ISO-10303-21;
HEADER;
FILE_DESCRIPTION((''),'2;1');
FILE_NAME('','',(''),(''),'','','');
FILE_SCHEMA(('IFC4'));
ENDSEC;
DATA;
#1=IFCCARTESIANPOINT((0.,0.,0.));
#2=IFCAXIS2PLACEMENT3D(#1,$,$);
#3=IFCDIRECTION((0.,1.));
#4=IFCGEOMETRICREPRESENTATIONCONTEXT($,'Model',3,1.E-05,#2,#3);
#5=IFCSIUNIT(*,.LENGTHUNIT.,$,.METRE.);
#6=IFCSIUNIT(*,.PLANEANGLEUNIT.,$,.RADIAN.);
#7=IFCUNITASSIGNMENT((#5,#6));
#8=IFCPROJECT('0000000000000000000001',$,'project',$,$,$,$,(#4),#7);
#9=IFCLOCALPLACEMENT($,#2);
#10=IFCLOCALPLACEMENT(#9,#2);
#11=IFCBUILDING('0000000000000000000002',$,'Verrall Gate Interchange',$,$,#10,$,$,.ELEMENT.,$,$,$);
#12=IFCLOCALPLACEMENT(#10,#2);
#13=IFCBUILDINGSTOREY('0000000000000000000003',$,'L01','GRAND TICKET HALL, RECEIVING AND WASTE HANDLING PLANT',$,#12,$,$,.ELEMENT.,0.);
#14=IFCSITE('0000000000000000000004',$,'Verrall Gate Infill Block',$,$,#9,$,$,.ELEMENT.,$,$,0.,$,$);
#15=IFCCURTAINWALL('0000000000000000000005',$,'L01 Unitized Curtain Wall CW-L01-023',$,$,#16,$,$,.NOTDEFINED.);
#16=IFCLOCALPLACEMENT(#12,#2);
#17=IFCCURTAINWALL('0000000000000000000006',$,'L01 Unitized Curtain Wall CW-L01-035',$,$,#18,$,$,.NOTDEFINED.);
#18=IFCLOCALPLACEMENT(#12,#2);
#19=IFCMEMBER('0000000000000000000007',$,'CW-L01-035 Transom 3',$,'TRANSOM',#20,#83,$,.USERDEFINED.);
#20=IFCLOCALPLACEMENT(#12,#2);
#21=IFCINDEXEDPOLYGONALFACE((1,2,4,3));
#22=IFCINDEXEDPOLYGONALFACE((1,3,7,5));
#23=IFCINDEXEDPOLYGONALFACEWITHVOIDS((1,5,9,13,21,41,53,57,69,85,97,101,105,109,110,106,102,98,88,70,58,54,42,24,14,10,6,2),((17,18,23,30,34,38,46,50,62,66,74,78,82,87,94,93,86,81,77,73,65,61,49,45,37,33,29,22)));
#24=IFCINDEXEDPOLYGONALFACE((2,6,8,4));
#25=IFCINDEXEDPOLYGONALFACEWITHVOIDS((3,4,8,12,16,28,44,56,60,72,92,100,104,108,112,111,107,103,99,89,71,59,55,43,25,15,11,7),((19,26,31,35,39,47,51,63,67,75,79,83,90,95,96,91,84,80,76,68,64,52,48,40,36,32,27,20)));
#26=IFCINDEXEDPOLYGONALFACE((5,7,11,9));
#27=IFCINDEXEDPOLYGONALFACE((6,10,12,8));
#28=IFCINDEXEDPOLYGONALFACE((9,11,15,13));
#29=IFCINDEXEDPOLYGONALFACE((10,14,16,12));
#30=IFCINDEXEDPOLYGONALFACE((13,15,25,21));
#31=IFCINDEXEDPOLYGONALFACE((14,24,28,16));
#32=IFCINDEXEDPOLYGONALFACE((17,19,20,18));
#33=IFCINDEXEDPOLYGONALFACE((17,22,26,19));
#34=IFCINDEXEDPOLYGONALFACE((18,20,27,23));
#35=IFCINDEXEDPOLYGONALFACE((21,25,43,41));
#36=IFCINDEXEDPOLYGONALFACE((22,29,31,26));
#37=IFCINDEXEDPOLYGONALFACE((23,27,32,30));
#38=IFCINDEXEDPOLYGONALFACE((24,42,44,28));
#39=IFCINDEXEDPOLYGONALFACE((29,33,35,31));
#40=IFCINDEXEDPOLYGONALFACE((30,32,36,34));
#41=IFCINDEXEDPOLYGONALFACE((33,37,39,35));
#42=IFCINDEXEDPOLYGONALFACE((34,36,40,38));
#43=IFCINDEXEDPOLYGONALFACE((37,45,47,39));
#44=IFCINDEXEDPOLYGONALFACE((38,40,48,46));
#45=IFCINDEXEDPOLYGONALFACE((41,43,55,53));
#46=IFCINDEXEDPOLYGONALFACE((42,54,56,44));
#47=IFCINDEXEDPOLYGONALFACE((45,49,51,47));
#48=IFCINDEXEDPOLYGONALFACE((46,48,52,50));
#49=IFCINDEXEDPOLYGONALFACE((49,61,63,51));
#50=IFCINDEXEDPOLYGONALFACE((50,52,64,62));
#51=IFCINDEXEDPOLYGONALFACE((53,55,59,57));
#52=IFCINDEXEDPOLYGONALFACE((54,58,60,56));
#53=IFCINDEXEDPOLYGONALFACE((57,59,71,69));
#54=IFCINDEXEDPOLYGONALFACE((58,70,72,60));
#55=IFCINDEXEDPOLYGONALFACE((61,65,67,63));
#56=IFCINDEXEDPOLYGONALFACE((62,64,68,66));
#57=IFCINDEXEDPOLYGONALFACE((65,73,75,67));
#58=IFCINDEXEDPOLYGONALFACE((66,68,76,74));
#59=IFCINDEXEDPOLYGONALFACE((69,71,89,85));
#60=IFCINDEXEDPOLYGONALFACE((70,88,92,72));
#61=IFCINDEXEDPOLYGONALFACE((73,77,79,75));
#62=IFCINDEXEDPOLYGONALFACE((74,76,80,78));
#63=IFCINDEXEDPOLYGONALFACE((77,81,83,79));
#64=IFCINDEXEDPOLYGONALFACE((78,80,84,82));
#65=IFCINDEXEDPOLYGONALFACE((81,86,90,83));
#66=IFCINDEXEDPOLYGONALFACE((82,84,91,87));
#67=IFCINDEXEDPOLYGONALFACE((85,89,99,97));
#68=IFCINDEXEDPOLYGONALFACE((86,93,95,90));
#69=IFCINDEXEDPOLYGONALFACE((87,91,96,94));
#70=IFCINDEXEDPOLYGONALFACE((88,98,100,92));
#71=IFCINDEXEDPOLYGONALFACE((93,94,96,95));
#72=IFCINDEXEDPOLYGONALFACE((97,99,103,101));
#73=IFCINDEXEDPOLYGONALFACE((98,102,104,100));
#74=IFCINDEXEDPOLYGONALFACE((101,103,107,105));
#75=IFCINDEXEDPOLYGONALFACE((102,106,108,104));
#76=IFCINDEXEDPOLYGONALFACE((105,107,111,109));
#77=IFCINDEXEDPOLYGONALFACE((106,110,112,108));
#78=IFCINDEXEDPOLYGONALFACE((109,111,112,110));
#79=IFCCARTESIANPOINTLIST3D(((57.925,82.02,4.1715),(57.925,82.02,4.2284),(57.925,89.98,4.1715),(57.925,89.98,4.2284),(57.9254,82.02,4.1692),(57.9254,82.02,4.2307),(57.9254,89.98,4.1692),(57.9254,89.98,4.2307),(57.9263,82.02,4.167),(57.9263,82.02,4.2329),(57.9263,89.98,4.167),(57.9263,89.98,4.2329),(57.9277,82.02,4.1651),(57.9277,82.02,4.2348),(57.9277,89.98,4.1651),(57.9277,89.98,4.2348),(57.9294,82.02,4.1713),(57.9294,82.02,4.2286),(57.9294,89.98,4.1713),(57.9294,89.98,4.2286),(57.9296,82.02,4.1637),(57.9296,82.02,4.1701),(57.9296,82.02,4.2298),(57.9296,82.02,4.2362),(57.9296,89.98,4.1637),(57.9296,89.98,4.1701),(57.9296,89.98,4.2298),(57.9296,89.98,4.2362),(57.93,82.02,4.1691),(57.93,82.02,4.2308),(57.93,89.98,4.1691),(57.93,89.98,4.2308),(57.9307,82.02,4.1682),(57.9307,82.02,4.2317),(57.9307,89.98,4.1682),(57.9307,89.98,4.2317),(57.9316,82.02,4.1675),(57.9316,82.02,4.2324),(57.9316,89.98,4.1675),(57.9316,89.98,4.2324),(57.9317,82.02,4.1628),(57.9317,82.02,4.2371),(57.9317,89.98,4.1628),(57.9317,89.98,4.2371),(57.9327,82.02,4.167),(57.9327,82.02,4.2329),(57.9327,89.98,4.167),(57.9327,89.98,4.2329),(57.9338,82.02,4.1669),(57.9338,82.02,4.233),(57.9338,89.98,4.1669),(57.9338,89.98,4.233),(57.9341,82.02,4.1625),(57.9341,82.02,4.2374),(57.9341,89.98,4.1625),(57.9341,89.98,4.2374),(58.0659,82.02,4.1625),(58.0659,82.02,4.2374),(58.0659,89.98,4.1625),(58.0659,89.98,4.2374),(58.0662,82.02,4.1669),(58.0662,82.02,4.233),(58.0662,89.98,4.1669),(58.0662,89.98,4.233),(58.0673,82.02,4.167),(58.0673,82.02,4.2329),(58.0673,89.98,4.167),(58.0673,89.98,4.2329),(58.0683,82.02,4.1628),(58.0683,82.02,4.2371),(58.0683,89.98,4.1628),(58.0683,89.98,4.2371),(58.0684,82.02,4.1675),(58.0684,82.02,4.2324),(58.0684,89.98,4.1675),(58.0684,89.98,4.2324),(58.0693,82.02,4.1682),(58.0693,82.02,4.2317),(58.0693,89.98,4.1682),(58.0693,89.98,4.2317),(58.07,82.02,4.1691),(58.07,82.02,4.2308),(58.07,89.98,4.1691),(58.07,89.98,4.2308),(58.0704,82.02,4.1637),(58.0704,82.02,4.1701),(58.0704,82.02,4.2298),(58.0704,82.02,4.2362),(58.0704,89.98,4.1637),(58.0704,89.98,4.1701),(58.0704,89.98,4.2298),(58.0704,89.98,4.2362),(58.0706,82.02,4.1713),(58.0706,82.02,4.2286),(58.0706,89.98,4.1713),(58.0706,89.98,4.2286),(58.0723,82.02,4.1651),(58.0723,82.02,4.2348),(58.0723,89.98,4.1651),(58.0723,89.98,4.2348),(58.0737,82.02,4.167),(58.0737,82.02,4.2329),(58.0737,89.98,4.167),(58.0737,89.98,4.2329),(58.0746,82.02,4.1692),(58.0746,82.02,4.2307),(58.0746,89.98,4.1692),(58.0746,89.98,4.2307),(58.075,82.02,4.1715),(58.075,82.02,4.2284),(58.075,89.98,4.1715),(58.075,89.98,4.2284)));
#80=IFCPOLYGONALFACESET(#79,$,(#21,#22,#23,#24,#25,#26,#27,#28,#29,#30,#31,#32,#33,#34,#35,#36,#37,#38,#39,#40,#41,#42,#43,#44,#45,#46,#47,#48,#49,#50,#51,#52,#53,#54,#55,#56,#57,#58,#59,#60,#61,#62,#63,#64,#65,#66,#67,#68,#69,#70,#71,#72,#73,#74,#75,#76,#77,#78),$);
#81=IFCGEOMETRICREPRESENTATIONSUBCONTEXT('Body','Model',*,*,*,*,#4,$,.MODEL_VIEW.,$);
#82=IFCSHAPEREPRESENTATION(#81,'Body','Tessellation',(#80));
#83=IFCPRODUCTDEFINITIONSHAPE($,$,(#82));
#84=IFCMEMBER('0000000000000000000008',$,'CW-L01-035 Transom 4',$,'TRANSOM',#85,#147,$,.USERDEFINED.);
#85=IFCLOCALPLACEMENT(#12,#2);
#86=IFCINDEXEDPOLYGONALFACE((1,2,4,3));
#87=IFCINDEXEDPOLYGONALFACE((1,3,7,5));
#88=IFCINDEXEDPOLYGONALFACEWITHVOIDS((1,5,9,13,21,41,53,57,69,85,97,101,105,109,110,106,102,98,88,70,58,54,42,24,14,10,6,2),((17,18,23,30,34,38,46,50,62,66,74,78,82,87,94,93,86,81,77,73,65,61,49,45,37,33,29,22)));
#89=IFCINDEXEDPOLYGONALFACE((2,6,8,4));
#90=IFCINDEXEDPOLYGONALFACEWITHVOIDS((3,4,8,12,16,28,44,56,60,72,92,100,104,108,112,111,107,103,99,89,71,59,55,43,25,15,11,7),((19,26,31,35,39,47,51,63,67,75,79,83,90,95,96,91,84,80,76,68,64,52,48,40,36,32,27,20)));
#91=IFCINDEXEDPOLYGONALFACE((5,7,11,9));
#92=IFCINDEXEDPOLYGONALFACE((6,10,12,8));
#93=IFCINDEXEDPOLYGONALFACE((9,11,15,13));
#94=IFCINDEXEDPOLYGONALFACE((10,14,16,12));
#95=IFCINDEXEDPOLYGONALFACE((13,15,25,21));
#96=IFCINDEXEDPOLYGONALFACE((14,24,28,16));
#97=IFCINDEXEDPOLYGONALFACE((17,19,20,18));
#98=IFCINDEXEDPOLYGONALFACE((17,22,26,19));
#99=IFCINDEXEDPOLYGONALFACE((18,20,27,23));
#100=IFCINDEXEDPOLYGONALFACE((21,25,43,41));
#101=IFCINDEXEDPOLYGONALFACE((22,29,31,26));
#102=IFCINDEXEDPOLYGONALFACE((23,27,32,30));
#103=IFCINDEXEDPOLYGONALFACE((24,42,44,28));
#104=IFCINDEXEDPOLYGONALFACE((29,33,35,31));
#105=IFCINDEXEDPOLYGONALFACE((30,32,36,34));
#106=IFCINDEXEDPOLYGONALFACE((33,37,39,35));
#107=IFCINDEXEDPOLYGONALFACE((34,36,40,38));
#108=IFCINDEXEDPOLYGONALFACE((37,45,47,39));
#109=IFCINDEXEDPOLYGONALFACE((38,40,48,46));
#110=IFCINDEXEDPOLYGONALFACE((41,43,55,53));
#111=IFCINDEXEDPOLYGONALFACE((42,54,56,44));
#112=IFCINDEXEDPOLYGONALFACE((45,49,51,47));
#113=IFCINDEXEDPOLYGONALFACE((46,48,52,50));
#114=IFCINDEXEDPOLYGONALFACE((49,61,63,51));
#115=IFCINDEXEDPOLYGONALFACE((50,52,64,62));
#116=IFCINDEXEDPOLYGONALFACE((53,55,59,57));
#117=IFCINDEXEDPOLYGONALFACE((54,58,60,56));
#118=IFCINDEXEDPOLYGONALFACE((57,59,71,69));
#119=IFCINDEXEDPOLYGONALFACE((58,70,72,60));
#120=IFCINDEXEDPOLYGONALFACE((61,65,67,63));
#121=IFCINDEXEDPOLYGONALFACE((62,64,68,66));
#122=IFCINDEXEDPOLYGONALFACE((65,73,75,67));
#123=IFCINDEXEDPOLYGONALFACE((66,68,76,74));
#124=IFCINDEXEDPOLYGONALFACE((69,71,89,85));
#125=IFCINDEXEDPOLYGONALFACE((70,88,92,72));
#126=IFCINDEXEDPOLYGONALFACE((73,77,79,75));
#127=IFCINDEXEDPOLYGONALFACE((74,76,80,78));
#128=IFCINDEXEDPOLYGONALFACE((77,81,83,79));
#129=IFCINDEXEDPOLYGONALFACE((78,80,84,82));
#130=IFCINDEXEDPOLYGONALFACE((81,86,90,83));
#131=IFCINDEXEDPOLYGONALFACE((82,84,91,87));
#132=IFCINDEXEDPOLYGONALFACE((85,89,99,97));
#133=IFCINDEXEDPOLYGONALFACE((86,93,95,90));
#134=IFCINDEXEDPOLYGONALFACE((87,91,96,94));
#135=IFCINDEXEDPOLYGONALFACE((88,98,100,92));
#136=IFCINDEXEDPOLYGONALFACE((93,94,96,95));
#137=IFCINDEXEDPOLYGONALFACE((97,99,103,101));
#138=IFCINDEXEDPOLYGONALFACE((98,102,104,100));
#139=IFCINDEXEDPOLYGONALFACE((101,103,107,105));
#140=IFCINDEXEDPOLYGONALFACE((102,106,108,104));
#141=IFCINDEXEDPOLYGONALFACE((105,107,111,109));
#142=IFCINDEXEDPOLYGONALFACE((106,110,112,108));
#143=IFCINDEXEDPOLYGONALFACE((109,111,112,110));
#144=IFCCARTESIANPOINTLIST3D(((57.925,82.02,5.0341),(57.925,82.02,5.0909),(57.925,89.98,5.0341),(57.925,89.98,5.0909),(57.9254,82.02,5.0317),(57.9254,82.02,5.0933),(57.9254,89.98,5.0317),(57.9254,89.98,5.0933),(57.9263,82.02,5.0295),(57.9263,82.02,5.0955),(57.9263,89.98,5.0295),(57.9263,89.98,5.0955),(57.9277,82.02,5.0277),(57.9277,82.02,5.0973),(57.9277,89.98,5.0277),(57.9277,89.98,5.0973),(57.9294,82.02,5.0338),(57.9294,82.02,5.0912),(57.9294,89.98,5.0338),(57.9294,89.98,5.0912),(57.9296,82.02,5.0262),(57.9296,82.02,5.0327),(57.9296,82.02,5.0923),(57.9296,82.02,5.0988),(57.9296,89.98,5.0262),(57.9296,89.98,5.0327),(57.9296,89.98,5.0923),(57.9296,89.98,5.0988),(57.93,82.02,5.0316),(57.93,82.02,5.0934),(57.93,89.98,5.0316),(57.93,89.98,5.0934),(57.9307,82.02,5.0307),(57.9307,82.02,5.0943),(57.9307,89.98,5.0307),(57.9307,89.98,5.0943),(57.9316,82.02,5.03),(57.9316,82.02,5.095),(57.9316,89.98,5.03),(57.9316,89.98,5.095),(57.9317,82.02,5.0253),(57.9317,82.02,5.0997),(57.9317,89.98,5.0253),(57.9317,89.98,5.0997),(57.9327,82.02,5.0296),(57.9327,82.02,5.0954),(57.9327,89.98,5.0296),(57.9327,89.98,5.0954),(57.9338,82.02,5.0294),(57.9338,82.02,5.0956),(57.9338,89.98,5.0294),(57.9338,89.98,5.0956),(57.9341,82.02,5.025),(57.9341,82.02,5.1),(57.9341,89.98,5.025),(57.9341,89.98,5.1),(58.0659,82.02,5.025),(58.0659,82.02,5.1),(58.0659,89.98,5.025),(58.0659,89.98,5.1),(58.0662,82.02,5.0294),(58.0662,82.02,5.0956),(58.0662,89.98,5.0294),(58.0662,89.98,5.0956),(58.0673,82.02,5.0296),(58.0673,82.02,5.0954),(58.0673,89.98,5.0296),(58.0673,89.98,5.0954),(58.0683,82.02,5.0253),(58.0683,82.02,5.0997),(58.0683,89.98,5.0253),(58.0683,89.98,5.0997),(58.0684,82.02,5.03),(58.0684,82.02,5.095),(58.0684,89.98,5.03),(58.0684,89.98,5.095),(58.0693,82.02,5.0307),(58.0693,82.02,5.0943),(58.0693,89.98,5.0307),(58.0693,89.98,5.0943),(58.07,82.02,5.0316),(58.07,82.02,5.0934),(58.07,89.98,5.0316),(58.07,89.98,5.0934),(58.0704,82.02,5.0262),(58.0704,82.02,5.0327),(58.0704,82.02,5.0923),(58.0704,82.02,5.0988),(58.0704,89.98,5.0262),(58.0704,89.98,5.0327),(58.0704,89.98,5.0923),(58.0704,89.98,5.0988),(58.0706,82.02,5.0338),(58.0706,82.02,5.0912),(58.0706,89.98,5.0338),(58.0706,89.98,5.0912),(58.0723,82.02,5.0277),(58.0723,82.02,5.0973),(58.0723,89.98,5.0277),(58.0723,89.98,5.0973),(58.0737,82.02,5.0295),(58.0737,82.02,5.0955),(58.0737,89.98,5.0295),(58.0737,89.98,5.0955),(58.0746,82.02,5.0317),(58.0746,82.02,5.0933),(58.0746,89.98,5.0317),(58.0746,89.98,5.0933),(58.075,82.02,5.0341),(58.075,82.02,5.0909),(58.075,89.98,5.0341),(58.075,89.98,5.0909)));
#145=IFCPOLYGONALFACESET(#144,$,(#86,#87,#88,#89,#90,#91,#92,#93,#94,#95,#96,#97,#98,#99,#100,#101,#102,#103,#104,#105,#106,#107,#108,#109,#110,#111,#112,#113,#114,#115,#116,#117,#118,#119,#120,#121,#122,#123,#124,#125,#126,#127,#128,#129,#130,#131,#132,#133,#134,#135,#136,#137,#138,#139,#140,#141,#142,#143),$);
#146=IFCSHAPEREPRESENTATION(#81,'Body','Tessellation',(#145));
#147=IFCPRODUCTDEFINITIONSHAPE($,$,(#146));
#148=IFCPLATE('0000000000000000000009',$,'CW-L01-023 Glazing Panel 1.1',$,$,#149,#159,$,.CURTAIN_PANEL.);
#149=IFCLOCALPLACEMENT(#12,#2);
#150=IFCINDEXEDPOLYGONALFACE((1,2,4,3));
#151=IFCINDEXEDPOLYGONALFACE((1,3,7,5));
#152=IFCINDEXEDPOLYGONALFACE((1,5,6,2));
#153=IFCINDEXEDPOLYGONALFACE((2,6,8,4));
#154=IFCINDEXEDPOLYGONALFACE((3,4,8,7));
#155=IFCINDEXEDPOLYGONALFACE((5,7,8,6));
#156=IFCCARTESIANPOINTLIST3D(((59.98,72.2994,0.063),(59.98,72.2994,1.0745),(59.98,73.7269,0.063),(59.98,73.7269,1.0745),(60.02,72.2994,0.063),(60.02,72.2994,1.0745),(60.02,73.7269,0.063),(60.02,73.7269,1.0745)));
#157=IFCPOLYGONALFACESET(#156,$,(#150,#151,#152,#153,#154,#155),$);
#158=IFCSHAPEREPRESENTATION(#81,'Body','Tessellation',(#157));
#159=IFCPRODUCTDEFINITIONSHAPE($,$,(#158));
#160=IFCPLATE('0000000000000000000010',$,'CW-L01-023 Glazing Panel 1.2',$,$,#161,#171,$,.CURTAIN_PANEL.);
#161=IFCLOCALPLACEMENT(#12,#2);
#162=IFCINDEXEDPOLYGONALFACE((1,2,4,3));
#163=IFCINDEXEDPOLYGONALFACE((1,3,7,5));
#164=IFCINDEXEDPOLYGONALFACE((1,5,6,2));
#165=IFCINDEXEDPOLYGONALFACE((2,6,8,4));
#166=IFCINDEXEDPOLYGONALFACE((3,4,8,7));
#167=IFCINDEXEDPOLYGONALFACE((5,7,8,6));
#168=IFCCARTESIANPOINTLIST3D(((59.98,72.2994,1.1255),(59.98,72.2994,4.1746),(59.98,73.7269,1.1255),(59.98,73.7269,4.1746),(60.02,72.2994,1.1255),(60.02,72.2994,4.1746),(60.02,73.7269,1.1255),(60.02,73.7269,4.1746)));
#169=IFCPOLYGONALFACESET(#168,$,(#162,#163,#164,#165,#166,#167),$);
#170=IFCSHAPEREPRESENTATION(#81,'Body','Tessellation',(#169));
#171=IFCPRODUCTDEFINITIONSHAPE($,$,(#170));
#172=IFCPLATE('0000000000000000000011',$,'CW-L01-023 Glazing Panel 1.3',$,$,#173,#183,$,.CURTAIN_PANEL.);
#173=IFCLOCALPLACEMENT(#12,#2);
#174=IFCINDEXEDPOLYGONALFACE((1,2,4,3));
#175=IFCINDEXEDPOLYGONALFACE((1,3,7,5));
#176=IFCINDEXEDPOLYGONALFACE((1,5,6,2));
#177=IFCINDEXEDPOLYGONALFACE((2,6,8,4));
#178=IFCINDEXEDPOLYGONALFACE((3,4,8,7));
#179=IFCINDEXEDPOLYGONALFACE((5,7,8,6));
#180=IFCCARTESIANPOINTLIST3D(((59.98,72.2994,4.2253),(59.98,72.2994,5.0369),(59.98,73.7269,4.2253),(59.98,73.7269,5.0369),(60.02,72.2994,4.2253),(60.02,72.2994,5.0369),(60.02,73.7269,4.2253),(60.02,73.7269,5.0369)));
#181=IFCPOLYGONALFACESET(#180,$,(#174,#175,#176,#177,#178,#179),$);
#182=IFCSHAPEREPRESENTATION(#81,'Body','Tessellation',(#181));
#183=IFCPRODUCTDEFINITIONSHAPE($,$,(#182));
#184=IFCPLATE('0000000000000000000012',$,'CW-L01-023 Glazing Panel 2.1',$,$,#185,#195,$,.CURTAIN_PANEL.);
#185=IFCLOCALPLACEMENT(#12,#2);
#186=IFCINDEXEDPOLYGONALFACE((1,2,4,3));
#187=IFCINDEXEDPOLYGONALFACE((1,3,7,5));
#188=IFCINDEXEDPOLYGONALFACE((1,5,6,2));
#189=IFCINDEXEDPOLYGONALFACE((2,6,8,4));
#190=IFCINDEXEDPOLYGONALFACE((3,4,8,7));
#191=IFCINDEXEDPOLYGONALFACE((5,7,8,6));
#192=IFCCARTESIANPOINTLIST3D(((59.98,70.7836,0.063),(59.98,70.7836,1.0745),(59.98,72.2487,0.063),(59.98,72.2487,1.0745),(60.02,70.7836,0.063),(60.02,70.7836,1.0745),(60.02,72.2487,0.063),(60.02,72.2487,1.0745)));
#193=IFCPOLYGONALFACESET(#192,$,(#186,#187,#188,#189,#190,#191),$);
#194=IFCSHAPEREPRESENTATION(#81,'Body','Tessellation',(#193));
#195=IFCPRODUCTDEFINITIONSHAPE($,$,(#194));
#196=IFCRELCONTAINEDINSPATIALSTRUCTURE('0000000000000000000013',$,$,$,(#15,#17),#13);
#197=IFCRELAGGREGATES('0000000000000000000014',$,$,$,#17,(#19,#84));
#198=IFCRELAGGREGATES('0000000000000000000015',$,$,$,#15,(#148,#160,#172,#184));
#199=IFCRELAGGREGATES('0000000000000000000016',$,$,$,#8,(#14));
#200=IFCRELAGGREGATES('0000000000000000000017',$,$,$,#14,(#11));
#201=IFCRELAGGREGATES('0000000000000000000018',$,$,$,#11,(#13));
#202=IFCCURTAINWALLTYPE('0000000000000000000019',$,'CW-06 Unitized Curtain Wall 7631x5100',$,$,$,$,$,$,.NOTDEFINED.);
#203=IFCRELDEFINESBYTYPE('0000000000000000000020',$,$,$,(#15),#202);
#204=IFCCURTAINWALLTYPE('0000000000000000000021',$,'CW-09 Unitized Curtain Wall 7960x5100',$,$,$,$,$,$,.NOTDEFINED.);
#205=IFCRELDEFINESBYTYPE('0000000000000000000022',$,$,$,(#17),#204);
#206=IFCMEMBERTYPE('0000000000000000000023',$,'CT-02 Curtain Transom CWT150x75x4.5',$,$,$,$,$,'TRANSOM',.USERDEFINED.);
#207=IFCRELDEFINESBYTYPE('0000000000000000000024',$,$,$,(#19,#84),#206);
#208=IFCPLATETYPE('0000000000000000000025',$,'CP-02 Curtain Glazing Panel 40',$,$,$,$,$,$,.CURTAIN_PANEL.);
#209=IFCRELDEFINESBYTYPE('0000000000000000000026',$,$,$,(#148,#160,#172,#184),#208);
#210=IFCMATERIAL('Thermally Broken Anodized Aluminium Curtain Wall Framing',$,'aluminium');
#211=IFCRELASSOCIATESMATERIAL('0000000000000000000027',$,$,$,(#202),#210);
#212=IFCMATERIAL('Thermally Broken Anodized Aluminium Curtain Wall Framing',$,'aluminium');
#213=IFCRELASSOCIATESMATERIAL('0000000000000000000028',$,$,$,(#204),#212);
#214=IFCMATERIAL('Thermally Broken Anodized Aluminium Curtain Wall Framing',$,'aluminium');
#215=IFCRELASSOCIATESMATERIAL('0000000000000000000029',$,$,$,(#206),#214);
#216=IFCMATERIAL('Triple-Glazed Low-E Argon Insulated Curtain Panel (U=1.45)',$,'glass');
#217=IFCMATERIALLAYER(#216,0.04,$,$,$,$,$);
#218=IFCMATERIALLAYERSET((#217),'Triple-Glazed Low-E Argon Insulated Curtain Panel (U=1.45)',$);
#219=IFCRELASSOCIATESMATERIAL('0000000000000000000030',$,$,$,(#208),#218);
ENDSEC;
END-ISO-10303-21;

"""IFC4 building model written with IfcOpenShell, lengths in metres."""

from ifc_helpers import new_model, si_unit, direction, frame, origin, origin_2d, place, context, subcontext, project, spatial, rectangle, hollow_rectangle, extrude, material, layer, layer_set, material_profile, profile_set, type_object, element, aggregate, save


model = new_model("IFC4")

# Units and contexts
model_context = context("Model", 3, precision=1e-05, world=origin(), true_north=direction((0.0, 1.0)))
body_context = subcontext(model_context, "Body", "Model", "MODEL_VIEW")
ifc_project = project(units=[si_unit("LENGTHUNIT", "METRE"), si_unit("PLANEANGLEUNIT", "RADIAN")], contexts=[model_context])

# Site, building, storey
site_placement = place(None, origin())
site = spatial("IfcSite", under=ifc_project, at=site_placement, Name="Verrall Gate Infill Block", CompositionType="ELEMENT", RefElevation=0.0)
building_placement = place(site_placement, origin())
building = spatial("IfcBuilding", under=site, at=building_placement, Name="Verrall Gate Interchange", CompositionType="ELEMENT")
storey_placement = place(building_placement, origin())
storey = spatial("IfcBuildingStorey", under=building, at=storey_placement, Name="L01", Description="GRAND TICKET HALL, RECEIVING AND WASTE HANDLING PLANT", CompositionType="ELEMENT", Elevation=0.0)

# Curtain wall
ifc_material_1 = material(Name="Thermally Broken Anodized Aluminium Curtain Wall Framing", Category="aluminium")
curtain_wall_type_1 = type_object("IfcCurtainWallType", Name="CW-06 Unitized Curtain Wall 7631x5100", PredefinedType="NOTDEFINED", material=ifc_material_1)
curtain_wall_1_placement = place(storey_placement, origin())
curtain_wall_1 = element("IfcCurtainWall", 1, at=curtain_wall_1_placement, inside=storey, type_object=curtain_wall_type_1, Name="L01 Unitized Curtain Wall CW-L01-023", PredefinedType="NOTDEFINED")

# Curtain wall
ifc_material_2 = material(Name="Thermally Broken Anodized Aluminium Curtain Wall Framing", Category="aluminium")
curtain_wall_type_2 = type_object("IfcCurtainWallType", Name="CW-09 Unitized Curtain Wall 7960x5100", PredefinedType="NOTDEFINED", material=ifc_material_2)
curtain_wall_2_placement = place(storey_placement, origin())
curtain_wall_2 = element("IfcCurtainWall", 2, at=curtain_wall_2_placement, inside=storey, type_object=curtain_wall_type_2, Name="L01 Unitized Curtain Wall CW-L01-035", PredefinedType="NOTDEFINED")

# Members
ifc_material_3 = material(Name="Thermally Broken Anodized Aluminium Curtain Wall Framing", Category="aluminium")
ifc_material_profile_1 = material_profile(ifc_material_3, hollow_rectangle(XDim=0.1499, YDim=0.075, WallThickness=0.0044, InnerFilletRadius=0.0044, OuterFilletRadius=0.009, at=origin_2d()), Name="CWT150x75x4.5")
ifc_profile_set_1 = profile_set([ifc_material_profile_1], Name="Thermally Broken Anodized Aluminium Curtain Wall Framing")
member_type_1 = type_object("IfcMemberType", Name="CT-02 Curtain Transom CWT150x75x4.5", ElementType="TRANSOM", PredefinedType="USERDEFINED", material=ifc_profile_set_1)
member_1_placement = place(storey_placement, frame((58.0, 89.98, 4.2), z_axis=(0.0, -1.0, 0.0), x_axis=(1.0, 0.0, 0.0)))
member_1 = element("IfcMember", 3, at=member_1_placement, type_object=member_type_1, Name="CW-L01-035 Transom 3", ObjectType="TRANSOM", PredefinedType="USERDEFINED", context=body_context, shape_type="SweptSolid", body=[
    extrude(hollow_rectangle(XDim=0.1499, YDim=0.075, WallThickness=0.0044, InnerFilletRadius=0.0044, OuterFilletRadius=0.009, at=origin_2d()), origin(), (0.0, 0.0, 1.0), 7.96),
])
member_2_placement = place(storey_placement, frame((58.0, 89.98, 5.0625), z_axis=(0.0, -1.0, 0.0), x_axis=(1.0, 0.0, 0.0)))
member_2 = element("IfcMember", 4, at=member_2_placement, type_object=member_type_1, Name="CW-L01-035 Transom 4", ObjectType="TRANSOM", PredefinedType="USERDEFINED", context=body_context, shape_type="SweptSolid", body=[
    extrude(hollow_rectangle(XDim=0.1499, YDim=0.075, WallThickness=0.0044, InnerFilletRadius=0.0044, OuterFilletRadius=0.009, at=origin_2d()), origin(), (0.0, 0.0, 1.0), 7.96),
])
aggregate(curtain_wall_2, [member_1, member_2])

# Plates
ifc_material_4 = material(Name="Triple-Glazed Low-E Argon Insulated Curtain Panel (U=1.45)", Category="glass")
ifc_layer = layer(ifc_material_4, 0.04)
ifc_layer_set = layer_set([ifc_layer], Name="Triple-Glazed Low-E Argon Insulated Curtain Panel (U=1.45)")
plate_type = type_object("IfcPlateType", Name="CP-02 Curtain Glazing Panel 40", PredefinedType="CURTAIN_PANEL", material=ifc_layer_set)
plate_1_placement = place(storey_placement, frame((60.0, 73.0132, 0.063), z_axis=(0.0, 0.0, 1.0), x_axis=(0.0, -1.0, 0.0)))
plate_1 = element("IfcPlate", 5, at=plate_1_placement, type_object=plate_type, Name="CW-L01-023 Glazing Panel 1.1", PredefinedType="CURTAIN_PANEL", context=body_context, shape_type="SweptSolid", body=[
    extrude(rectangle(XDim=1.4275, YDim=0.04, at=origin_2d()), origin(), (0.0, 0.0, 1.0), 1.0115),
])
plate_2_placement = place(storey_placement, frame((60.0, 73.0132, 1.1255), z_axis=(0.0, 0.0, 1.0), x_axis=(0.0, -1.0, 0.0)))
plate_2 = element("IfcPlate", 6, at=plate_2_placement, type_object=plate_type, Name="CW-L01-023 Glazing Panel 1.2", PredefinedType="CURTAIN_PANEL", context=body_context, shape_type="SweptSolid", body=[
    extrude(rectangle(XDim=1.4275, YDim=0.04, at=origin_2d()), origin(), (0.0, 0.0, 1.0), 3.0491),
])
plate_3_placement = place(storey_placement, frame((60.0, 73.0132, 4.2253), z_axis=(0.0, 0.0, 1.0), x_axis=(0.0, -1.0, 0.0)))
plate_3 = element("IfcPlate", 7, at=plate_3_placement, type_object=plate_type, Name="CW-L01-023 Glazing Panel 1.3", PredefinedType="CURTAIN_PANEL", context=body_context, shape_type="SweptSolid", body=[
    extrude(rectangle(XDim=1.4275, YDim=0.04, at=origin_2d()), origin(), (0.0, 0.0, 1.0), 0.8115),
])
plate_4_placement = place(storey_placement, frame((60.0, 71.5161, 0.063), z_axis=(0.0, 0.0, 1.0), x_axis=(0.0, -1.0, 0.0)))
plate_4 = element("IfcPlate", 8, at=plate_4_placement, type_object=plate_type, Name="CW-L01-023 Glazing Panel 2.1", PredefinedType="CURTAIN_PANEL", context=body_context, shape_type="SweptSolid", body=[
    extrude(rectangle(XDim=1.4651, YDim=0.04, at=origin_2d()), origin(), (0.0, 0.0, 1.0), 1.0115),
])
aggregate(curtain_wall_1, [plate_1, plate_2, plate_3, plate_4])

save(model, "model.ifc")
